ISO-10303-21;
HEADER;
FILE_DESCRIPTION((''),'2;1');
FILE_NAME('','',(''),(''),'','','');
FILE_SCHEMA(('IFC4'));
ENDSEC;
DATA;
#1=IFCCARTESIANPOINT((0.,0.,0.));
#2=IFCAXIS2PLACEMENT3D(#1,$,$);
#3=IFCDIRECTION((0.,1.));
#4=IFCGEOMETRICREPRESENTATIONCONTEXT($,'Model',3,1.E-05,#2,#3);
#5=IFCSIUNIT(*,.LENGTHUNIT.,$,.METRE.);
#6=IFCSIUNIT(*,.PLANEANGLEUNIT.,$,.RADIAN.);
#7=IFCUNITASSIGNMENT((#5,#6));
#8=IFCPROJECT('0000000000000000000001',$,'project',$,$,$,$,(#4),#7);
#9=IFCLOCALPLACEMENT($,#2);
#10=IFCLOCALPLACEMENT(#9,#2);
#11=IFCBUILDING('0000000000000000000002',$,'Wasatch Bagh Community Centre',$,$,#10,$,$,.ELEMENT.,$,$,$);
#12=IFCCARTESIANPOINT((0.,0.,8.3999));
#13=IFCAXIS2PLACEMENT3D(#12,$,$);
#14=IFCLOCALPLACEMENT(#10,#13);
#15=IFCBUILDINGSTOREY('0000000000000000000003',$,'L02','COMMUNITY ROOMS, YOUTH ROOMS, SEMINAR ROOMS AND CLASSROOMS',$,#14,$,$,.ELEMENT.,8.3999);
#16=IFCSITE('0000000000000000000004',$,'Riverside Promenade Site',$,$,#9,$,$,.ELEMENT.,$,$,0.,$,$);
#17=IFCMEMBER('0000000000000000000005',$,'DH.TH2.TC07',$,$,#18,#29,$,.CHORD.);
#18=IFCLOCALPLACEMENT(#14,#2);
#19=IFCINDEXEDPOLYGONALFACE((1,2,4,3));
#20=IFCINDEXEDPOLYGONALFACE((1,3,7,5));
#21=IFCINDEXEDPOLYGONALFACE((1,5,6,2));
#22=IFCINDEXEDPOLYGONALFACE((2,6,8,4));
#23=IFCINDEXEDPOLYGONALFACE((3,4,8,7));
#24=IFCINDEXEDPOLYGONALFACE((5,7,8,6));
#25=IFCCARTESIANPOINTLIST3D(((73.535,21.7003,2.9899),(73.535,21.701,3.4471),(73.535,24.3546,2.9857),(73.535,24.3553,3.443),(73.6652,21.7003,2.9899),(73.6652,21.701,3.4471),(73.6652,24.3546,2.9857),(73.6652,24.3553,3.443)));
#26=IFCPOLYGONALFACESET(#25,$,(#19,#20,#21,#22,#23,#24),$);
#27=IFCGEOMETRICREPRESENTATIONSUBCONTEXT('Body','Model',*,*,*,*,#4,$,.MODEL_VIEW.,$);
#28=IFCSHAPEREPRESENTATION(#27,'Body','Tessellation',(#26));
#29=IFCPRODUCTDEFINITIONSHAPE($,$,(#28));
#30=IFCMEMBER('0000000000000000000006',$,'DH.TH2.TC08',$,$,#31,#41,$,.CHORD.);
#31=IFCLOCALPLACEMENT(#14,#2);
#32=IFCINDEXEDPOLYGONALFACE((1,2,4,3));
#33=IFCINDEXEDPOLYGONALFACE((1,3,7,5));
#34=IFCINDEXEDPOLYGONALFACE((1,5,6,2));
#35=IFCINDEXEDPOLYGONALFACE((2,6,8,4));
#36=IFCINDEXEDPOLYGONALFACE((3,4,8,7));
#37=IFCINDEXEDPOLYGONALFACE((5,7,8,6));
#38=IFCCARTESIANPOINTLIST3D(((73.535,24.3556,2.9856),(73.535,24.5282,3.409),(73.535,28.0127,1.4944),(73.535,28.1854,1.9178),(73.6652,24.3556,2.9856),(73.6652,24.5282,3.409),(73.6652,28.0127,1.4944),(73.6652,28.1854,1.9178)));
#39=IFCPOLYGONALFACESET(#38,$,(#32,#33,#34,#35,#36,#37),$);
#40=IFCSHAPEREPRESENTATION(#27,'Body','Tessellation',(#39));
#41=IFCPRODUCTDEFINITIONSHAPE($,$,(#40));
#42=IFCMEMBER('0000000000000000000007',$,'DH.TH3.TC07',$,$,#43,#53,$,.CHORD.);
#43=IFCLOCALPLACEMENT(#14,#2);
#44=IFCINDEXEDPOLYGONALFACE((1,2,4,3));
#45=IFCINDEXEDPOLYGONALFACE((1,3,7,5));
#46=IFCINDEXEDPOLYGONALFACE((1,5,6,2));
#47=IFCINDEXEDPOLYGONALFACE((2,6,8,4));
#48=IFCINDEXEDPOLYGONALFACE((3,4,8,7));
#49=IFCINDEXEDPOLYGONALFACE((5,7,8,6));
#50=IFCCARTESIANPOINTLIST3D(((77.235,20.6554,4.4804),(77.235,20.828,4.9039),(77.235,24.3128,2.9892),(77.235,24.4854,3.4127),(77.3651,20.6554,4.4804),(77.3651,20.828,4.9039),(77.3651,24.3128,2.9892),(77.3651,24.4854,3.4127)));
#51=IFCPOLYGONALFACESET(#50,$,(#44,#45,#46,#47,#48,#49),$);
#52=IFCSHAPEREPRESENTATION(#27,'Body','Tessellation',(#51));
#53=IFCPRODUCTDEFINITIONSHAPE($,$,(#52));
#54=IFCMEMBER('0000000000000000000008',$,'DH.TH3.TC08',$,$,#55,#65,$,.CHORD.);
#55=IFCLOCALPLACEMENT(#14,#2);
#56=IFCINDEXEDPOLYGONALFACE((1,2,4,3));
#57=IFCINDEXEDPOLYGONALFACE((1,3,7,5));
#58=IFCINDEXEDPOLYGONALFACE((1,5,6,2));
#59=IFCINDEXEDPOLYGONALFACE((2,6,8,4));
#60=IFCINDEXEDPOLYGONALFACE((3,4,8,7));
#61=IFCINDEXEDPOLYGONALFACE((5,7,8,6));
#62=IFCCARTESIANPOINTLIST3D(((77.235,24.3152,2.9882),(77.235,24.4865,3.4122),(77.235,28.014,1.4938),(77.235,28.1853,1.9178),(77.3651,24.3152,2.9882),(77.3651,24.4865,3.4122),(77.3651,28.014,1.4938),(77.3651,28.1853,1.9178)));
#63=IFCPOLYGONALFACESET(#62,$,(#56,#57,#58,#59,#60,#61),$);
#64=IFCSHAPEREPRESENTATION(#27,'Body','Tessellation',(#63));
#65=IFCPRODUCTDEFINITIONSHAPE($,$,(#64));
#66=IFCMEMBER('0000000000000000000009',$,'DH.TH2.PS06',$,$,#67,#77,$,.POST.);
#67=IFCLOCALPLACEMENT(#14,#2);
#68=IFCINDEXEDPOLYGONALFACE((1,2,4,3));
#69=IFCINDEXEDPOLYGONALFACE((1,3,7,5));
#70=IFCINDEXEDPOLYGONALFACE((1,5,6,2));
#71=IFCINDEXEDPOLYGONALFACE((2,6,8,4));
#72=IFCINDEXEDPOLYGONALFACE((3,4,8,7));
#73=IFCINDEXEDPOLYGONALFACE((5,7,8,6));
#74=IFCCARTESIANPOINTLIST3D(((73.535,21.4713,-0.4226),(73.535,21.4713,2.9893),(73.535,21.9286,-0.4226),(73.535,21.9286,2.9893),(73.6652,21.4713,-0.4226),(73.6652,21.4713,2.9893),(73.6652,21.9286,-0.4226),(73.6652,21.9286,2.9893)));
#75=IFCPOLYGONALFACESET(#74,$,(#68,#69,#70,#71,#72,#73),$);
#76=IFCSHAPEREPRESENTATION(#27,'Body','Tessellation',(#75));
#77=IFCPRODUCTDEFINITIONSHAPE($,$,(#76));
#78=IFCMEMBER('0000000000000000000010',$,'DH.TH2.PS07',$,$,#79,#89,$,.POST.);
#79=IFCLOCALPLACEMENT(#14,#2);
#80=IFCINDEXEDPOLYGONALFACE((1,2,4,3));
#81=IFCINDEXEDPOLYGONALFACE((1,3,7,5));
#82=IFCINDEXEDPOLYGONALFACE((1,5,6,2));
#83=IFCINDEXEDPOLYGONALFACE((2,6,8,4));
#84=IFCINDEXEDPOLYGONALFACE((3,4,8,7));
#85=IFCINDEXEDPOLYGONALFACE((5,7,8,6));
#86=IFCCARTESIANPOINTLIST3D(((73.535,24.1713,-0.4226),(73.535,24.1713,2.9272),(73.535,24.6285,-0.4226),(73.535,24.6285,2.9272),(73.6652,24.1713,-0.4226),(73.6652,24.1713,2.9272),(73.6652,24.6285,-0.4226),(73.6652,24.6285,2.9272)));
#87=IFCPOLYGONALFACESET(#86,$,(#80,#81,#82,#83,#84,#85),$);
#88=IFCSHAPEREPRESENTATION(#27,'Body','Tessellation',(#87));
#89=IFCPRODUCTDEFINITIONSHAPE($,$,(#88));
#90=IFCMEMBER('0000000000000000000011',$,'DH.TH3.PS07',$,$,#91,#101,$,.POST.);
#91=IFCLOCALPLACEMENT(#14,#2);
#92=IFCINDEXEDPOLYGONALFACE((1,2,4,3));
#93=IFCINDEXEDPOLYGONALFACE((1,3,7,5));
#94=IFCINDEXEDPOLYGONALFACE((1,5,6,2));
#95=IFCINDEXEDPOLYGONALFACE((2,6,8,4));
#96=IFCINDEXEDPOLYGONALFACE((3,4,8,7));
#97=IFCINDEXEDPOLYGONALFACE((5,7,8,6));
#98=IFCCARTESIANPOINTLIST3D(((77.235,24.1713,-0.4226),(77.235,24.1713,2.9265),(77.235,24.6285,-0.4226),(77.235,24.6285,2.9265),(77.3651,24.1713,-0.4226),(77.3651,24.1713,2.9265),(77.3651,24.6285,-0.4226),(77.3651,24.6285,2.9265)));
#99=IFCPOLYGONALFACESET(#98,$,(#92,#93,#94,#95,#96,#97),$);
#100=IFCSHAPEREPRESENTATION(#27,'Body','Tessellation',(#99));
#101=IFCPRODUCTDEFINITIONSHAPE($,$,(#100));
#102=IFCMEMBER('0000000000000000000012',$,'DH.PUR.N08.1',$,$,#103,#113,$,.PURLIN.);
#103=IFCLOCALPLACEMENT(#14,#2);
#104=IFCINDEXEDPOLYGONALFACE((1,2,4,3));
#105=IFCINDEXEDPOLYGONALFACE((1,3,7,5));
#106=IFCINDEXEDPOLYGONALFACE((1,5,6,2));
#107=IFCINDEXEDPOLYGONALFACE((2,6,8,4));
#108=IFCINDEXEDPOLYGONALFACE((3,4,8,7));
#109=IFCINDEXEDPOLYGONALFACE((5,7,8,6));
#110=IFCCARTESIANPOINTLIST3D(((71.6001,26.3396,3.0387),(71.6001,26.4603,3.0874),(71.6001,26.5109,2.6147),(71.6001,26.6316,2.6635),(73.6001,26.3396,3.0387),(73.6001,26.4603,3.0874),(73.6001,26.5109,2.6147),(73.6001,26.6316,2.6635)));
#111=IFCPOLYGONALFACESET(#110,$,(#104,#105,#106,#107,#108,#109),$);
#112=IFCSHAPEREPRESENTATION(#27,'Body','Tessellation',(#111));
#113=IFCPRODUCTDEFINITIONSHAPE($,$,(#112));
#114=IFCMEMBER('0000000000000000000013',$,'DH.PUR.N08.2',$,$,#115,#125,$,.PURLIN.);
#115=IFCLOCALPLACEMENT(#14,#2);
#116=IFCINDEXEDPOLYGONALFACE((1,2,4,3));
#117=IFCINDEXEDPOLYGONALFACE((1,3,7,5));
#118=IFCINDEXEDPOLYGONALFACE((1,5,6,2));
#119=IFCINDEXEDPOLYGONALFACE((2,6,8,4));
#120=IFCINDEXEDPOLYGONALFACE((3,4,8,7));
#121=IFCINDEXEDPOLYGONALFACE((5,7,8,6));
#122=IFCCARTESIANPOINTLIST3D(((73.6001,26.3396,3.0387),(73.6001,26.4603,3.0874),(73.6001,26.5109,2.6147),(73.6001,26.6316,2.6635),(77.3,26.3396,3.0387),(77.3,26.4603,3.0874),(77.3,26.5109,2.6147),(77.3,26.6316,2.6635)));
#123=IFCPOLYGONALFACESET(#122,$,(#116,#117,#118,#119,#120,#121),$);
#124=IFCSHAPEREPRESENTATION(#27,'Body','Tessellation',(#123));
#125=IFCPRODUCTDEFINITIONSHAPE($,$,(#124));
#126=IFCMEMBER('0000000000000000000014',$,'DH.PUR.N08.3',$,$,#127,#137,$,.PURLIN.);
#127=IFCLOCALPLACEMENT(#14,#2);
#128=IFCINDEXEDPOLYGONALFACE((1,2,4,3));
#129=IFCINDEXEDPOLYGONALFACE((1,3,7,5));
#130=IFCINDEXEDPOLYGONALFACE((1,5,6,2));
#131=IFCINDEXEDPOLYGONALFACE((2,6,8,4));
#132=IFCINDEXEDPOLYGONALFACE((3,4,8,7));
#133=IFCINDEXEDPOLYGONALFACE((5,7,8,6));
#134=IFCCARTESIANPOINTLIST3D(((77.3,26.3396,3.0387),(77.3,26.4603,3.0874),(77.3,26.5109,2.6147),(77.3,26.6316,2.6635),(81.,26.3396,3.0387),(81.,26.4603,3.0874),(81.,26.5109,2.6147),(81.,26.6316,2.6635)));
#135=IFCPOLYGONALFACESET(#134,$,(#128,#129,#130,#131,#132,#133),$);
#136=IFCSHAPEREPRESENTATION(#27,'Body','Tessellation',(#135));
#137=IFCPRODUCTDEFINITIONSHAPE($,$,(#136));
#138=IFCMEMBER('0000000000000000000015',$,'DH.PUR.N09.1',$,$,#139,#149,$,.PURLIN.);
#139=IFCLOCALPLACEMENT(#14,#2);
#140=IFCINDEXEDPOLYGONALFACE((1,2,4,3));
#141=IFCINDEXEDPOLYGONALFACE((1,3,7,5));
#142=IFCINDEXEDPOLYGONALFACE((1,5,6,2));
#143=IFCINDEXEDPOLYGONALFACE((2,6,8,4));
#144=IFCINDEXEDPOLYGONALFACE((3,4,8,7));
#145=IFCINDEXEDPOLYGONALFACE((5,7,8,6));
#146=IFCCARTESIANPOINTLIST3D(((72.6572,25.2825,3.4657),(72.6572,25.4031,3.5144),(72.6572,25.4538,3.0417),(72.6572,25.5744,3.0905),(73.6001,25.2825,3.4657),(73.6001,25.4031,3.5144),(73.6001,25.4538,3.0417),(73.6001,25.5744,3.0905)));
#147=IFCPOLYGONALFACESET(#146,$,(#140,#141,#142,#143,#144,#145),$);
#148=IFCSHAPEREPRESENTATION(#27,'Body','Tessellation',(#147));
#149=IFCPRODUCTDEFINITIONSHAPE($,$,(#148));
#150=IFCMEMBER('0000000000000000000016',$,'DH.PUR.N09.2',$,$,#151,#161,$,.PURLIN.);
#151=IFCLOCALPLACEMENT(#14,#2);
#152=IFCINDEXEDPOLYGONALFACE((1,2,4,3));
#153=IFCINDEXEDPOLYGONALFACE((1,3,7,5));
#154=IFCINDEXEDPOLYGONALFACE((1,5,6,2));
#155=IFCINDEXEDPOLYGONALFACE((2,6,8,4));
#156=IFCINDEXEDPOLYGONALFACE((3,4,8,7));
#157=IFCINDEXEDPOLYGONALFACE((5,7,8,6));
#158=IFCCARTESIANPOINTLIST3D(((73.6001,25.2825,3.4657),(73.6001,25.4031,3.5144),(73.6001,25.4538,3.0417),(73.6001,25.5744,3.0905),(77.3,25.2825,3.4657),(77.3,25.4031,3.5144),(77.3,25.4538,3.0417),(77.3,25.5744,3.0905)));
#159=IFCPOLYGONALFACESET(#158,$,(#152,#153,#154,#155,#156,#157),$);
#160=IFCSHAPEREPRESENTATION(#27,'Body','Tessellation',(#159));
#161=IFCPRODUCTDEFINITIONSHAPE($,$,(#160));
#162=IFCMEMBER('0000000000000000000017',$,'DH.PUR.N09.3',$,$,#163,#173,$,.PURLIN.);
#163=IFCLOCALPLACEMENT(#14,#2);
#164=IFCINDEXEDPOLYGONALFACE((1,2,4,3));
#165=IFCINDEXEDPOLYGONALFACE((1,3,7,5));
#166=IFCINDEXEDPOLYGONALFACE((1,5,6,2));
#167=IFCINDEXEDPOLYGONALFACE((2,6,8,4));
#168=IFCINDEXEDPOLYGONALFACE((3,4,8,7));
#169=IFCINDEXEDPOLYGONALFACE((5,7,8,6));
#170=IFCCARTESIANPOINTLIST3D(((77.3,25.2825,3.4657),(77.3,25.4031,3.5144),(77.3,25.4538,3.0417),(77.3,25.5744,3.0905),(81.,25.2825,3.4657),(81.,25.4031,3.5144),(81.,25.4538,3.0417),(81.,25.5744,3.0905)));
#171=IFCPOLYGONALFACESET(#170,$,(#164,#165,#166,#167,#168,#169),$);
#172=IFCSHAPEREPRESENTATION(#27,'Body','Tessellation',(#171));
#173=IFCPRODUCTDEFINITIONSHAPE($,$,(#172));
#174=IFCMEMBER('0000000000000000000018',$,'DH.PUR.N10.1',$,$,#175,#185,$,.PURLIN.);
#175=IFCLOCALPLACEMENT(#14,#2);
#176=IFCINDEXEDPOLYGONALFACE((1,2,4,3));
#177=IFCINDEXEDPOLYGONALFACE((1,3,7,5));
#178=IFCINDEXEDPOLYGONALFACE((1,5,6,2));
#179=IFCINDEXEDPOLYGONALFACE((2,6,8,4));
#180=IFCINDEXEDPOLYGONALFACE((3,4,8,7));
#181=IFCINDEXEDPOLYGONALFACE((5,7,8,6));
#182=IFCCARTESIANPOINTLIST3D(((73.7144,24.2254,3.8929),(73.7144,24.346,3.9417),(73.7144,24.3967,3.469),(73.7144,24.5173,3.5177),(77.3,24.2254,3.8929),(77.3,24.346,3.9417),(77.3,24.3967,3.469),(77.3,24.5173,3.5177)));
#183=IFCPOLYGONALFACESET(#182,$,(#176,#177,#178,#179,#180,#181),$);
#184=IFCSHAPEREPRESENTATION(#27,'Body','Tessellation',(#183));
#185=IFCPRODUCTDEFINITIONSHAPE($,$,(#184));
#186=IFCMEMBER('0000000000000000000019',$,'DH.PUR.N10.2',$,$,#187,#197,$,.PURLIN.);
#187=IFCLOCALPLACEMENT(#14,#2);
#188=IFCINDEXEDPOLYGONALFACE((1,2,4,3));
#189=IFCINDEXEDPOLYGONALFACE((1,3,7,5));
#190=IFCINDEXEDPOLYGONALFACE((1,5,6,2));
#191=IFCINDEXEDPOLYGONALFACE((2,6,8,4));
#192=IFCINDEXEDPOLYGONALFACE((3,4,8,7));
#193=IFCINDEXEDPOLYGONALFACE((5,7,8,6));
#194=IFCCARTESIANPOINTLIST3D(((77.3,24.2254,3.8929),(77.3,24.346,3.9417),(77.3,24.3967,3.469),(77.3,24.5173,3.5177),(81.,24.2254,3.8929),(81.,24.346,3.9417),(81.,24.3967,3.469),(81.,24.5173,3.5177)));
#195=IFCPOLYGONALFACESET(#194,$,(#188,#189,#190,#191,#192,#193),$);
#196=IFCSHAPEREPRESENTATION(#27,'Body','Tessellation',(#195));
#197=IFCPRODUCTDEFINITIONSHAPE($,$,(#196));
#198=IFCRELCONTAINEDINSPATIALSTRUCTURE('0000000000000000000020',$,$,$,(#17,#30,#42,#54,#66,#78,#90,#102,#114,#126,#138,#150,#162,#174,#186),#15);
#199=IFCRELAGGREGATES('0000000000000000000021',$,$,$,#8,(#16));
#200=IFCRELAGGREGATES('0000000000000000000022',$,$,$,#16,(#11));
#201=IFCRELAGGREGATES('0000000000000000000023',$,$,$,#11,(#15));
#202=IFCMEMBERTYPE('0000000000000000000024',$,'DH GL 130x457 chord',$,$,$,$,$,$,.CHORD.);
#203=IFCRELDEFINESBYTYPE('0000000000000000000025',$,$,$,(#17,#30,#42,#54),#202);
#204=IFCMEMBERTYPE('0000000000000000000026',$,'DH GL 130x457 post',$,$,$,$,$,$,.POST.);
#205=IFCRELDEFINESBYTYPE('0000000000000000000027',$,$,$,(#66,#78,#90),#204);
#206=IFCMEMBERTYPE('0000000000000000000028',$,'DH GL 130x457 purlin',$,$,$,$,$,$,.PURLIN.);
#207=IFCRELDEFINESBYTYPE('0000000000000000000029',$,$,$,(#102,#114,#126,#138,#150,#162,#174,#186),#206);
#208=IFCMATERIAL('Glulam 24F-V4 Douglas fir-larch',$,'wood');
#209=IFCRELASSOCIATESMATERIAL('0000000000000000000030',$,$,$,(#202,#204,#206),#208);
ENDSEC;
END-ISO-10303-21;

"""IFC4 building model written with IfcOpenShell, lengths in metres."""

from ifc_helpers import new_model, si_unit, direction, frame, origin, origin_2d, place, context, subcontext, project, spatial, rectangle, extrude, material, material_profile, profile_set, type_object, element, save


model = new_model("IFC4")

# Units and contexts
model_context = context("Model", 3, precision=1e-05, world=origin(), true_north=direction((0.0, 1.0)))
body_context = subcontext(model_context, "Body", "Model", "MODEL_VIEW")
ifc_project = project(units=[si_unit("LENGTHUNIT", "METRE"), si_unit("PLANEANGLEUNIT", "RADIAN")], contexts=[model_context])

# Site, building, storey
site_placement = place(None, origin())
site = spatial("IfcSite", under=ifc_project, at=site_placement, Name="Riverside Promenade Site", CompositionType="ELEMENT", RefElevation=0.0)
building_placement = place(site_placement, origin())
building = spatial("IfcBuilding", under=site, at=building_placement, Name="Wasatch Bagh Community Centre", CompositionType="ELEMENT")
storey_placement = place(building_placement, frame((0.0, 0.0, 8.3999)))
storey = spatial("IfcBuildingStorey", under=building, at=storey_placement, Name="L02", Description="COMMUNITY ROOMS, YOUTH ROOMS, SEMINAR ROOMS AND CLASSROOMS", CompositionType="ELEMENT", Elevation=8.3999)

# Members
ifc_material_1 = material(Name="Glulam 24F-V4 Douglas fir-larch", Category="wood")
ifc_material_profile_1 = material_profile(ifc_material_1, rectangle(XDim=0.1301, YDim=0.4573, at=origin_2d()), Name="GL 130x457")
ifc_profile_set_1 = profile_set([ifc_material_profile_1], Name="Glulam 24F-V4 Douglas fir-larch")
member_type_1 = type_object("IfcMemberType", Name="DH GL 130x457 chord", PredefinedType="CHORD", material=ifc_profile_set_1)
member_1_placement = place(storey_placement, frame((73.6001, 21.7007, 3.2185), z_axis=(0.0, 0.999999, -0.001564), x_axis=(-1.0, 0.0, 0.0)))
element("IfcMember", 1, at=member_1_placement, inside=storey, type_object=member_type_1, Name="DH.TH2.TC07", PredefinedType="CHORD", context=body_context, shape_type="SweptSolid", body=[
    extrude(rectangle(XDim=0.1301, YDim=0.4573, at=origin_2d()), origin(), (0.0, 0.0, 1.0), 2.6543),
])
member_2_placement = place(storey_placement, frame((73.6001, 24.4419, 3.1973), z_axis=(0.0, 0.925984, -0.377564), x_axis=(-1.0, 0.0, 0.0)))
element("IfcMember", 2, at=member_2_placement, inside=storey, type_object=member_type_1, Name="DH.TH2.TC08", PredefinedType="CHORD", context=body_context, shape_type="SweptSolid", body=[
    extrude(rectangle(XDim=0.1301, YDim=0.4573, at=origin_2d()), origin(), (0.0, 0.0, 1.0), 3.9495),
])
member_3_placement = place(storey_placement, frame((77.3, 20.7417, 4.6921), z_axis=(0.0, 0.925992, -0.377542), x_axis=(-1.0, 0.0, 0.0)))
element("IfcMember", 3, at=member_3_placement, inside=storey, type_object=member_type_1, Name="DH.TH3.TC07", PredefinedType="CHORD", context=body_context, shape_type="SweptSolid", body=[
    extrude(rectangle(XDim=0.1301, YDim=0.4573, at=origin_2d()), origin(), (0.0, 0.0, 1.0), 3.9497),
])
member_4_placement = place(storey_placement, frame((77.3, 24.4009, 3.2002), z_axis=(0.0, 0.927184, -0.374607), x_axis=(-1.0, 0.0, 0.0)))
element("IfcMember", 4, at=member_4_placement, inside=storey, type_object=member_type_1, Name="DH.TH3.TC08", PredefinedType="CHORD", context=body_context, shape_type="SweptSolid", body=[
    extrude(rectangle(XDim=0.1301, YDim=0.4573, at=origin_2d()), origin(), (0.0, 0.0, 1.0), 3.9893),
])
ifc_material_profile_2 = material_profile(ifc_material_1, rectangle(XDim=0.1301, YDim=0.4573, at=origin_2d()), Name="GL 130x457")
ifc_profile_set_2 = profile_set([ifc_material_profile_2], Name="Glulam 24F-V4 Douglas fir-larch")
member_type_2 = type_object("IfcMemberType", Name="DH GL 130x457 post", PredefinedType="POST", material=ifc_profile_set_2)
member_5_placement = place(storey_placement, frame((73.6001, 21.7, -0.4226), z_axis=(0.0, 0.0, 1.0), x_axis=(1.0, 0.0, 0.0)))
element("IfcMember", 5, at=member_5_placement, inside=storey, type_object=member_type_2, Name="DH.TH2.PS06", PredefinedType="POST", context=body_context, shape_type="SweptSolid", body=[
    extrude(rectangle(XDim=0.1301, YDim=0.4573, at=origin_2d()), origin(), (0.0, 0.0, 1.0), 3.4119),
])
member_6_placement = place(storey_placement, frame((73.6001, 24.3999, -0.4226), z_axis=(0.0, 0.0, 1.0), x_axis=(1.0, 0.0, 0.0)))
element("IfcMember", 6, at=member_6_placement, inside=storey, type_object=member_type_2, Name="DH.TH2.PS07", PredefinedType="POST", context=body_context, shape_type="SweptSolid", body=[
    extrude(rectangle(XDim=0.1301, YDim=0.4573, at=origin_2d()), origin(), (0.0, 0.0, 1.0), 3.3499),
])
member_7_placement = place(storey_placement, frame((77.3, 24.3999, -0.4226), z_axis=(0.0, 0.0, 1.0), x_axis=(1.0, 0.0, 0.0)))
element("IfcMember", 7, at=member_7_placement, inside=storey, type_object=member_type_2, Name="DH.TH3.PS07", PredefinedType="POST", context=body_context, shape_type="SweptSolid", body=[
    extrude(rectangle(XDim=0.1301, YDim=0.4573, at=origin_2d()), origin(), (0.0, 0.0, 1.0), 3.3491),
])
ifc_material_profile_3 = material_profile(ifc_material_1, rectangle(XDim=0.1301, YDim=0.4573, at=origin_2d()), Name="GL 130x457")
ifc_profile_set_3 = profile_set([ifc_material_profile_3], Name="Glulam 24F-V4 Douglas fir-larch")
member_type_3 = type_object("IfcMemberType", Name="DH GL 130x457 purlin", PredefinedType="PURLIN", material=ifc_profile_set_3)
member_8_placement = place(storey_placement, frame((71.6001, 26.4856, 2.8511), z_axis=(1.0, 0.0, 0.0), x_axis=(0.0, 0.927184, 0.374607)))
element("IfcMember", 8, at=member_8_placement, inside=storey, type_object=member_type_3, Name="DH.PUR.N08.1", PredefinedType="PURLIN", context=body_context, shape_type="SweptSolid", body=[
    extrude(rectangle(XDim=0.1301, YDim=0.4573, at=origin_2d()), origin(), (0.0, 0.0, 1.0), 2.0),
])
for number, where, z_axis, x_axis, name in (
    (9, (73.6001, 26.4856, 2.8511), (1.0, 0.0, 0.0), (0.0, 0.927184, 0.374607), "DH.PUR.N08.2"),
    (10, (77.3, 26.4856, 2.8511), (1.0, 0.0, 0.0), (0.0, 0.927184, 0.374607), "DH.PUR.N08.3"),
):
    element("IfcMember", number, at=place(storey_placement, frame(where, z_axis=z_axis, x_axis=x_axis)), inside=storey, type_object=member_type_3, Name=name, PredefinedType="PURLIN", context=body_context, shape_type="SweptSolid", body=[
        extrude(rectangle(XDim=0.1301, YDim=0.4573, at=origin_2d()), origin(), (0.0, 0.0, 1.0), 3.7),
    ])
member_9_placement = place(storey_placement, frame((72.6572, 25.4285, 3.2781), z_axis=(1.0, 0.0, 0.0), x_axis=(0.0, 0.927184, 0.374607)))
element("IfcMember", 11, at=member_9_placement, inside=storey, type_object=member_type_3, Name="DH.PUR.N09.1", PredefinedType="PURLIN", context=body_context, shape_type="SweptSolid", body=[
    extrude(rectangle(XDim=0.1301, YDim=0.4573, at=origin_2d()), origin(), (0.0, 0.0, 1.0), 0.9429),
])
for number, where, z_axis, x_axis, name in (
    (12, (73.6001, 25.4285, 3.2781), (1.0, 0.0, 0.0), (0.0, 0.927184, 0.374607), "DH.PUR.N09.2"),
    (13, (77.3, 25.4285, 3.2781), (1.0, 0.0, 0.0), (0.0, 0.927184, 0.374607), "DH.PUR.N09.3"),
):
    element("IfcMember", number, at=place(storey_placement, frame(where, z_axis=z_axis, x_axis=x_axis)), inside=storey, type_object=member_type_3, Name=name, PredefinedType="PURLIN", context=body_context, shape_type="SweptSolid", body=[
        extrude(rectangle(XDim=0.1301, YDim=0.4573, at=origin_2d()), origin(), (0.0, 0.0, 1.0), 3.7),
    ])
member_10_placement = place(storey_placement, frame((73.7144, 24.3713, 3.7053), z_axis=(1.0, 0.0, 0.0), x_axis=(0.0, 0.927184, 0.374607)))
element("IfcMember", 14, at=member_10_placement, inside=storey, type_object=member_type_3, Name="DH.PUR.N10.1", PredefinedType="PURLIN", context=body_context, shape_type="SweptSolid", body=[
    extrude(rectangle(XDim=0.1301, YDim=0.4573, at=origin_2d()), origin(), (0.0, 0.0, 1.0), 3.5857),
])
member_11_placement = place(storey_placement, frame((77.3, 24.3713, 3.7053), z_axis=(1.0, 0.0, 0.0), x_axis=(0.0, 0.927184, 0.374607)))
element("IfcMember", 15, at=member_11_placement, inside=storey, type_object=member_type_3, Name="DH.PUR.N10.2", PredefinedType="PURLIN", context=body_context, shape_type="SweptSolid", body=[
    extrude(rectangle(XDim=0.1301, YDim=0.4573, at=origin_2d()), origin(), (0.0, 0.0, 1.0), 3.7),
])

save(model, "model.ifc")
